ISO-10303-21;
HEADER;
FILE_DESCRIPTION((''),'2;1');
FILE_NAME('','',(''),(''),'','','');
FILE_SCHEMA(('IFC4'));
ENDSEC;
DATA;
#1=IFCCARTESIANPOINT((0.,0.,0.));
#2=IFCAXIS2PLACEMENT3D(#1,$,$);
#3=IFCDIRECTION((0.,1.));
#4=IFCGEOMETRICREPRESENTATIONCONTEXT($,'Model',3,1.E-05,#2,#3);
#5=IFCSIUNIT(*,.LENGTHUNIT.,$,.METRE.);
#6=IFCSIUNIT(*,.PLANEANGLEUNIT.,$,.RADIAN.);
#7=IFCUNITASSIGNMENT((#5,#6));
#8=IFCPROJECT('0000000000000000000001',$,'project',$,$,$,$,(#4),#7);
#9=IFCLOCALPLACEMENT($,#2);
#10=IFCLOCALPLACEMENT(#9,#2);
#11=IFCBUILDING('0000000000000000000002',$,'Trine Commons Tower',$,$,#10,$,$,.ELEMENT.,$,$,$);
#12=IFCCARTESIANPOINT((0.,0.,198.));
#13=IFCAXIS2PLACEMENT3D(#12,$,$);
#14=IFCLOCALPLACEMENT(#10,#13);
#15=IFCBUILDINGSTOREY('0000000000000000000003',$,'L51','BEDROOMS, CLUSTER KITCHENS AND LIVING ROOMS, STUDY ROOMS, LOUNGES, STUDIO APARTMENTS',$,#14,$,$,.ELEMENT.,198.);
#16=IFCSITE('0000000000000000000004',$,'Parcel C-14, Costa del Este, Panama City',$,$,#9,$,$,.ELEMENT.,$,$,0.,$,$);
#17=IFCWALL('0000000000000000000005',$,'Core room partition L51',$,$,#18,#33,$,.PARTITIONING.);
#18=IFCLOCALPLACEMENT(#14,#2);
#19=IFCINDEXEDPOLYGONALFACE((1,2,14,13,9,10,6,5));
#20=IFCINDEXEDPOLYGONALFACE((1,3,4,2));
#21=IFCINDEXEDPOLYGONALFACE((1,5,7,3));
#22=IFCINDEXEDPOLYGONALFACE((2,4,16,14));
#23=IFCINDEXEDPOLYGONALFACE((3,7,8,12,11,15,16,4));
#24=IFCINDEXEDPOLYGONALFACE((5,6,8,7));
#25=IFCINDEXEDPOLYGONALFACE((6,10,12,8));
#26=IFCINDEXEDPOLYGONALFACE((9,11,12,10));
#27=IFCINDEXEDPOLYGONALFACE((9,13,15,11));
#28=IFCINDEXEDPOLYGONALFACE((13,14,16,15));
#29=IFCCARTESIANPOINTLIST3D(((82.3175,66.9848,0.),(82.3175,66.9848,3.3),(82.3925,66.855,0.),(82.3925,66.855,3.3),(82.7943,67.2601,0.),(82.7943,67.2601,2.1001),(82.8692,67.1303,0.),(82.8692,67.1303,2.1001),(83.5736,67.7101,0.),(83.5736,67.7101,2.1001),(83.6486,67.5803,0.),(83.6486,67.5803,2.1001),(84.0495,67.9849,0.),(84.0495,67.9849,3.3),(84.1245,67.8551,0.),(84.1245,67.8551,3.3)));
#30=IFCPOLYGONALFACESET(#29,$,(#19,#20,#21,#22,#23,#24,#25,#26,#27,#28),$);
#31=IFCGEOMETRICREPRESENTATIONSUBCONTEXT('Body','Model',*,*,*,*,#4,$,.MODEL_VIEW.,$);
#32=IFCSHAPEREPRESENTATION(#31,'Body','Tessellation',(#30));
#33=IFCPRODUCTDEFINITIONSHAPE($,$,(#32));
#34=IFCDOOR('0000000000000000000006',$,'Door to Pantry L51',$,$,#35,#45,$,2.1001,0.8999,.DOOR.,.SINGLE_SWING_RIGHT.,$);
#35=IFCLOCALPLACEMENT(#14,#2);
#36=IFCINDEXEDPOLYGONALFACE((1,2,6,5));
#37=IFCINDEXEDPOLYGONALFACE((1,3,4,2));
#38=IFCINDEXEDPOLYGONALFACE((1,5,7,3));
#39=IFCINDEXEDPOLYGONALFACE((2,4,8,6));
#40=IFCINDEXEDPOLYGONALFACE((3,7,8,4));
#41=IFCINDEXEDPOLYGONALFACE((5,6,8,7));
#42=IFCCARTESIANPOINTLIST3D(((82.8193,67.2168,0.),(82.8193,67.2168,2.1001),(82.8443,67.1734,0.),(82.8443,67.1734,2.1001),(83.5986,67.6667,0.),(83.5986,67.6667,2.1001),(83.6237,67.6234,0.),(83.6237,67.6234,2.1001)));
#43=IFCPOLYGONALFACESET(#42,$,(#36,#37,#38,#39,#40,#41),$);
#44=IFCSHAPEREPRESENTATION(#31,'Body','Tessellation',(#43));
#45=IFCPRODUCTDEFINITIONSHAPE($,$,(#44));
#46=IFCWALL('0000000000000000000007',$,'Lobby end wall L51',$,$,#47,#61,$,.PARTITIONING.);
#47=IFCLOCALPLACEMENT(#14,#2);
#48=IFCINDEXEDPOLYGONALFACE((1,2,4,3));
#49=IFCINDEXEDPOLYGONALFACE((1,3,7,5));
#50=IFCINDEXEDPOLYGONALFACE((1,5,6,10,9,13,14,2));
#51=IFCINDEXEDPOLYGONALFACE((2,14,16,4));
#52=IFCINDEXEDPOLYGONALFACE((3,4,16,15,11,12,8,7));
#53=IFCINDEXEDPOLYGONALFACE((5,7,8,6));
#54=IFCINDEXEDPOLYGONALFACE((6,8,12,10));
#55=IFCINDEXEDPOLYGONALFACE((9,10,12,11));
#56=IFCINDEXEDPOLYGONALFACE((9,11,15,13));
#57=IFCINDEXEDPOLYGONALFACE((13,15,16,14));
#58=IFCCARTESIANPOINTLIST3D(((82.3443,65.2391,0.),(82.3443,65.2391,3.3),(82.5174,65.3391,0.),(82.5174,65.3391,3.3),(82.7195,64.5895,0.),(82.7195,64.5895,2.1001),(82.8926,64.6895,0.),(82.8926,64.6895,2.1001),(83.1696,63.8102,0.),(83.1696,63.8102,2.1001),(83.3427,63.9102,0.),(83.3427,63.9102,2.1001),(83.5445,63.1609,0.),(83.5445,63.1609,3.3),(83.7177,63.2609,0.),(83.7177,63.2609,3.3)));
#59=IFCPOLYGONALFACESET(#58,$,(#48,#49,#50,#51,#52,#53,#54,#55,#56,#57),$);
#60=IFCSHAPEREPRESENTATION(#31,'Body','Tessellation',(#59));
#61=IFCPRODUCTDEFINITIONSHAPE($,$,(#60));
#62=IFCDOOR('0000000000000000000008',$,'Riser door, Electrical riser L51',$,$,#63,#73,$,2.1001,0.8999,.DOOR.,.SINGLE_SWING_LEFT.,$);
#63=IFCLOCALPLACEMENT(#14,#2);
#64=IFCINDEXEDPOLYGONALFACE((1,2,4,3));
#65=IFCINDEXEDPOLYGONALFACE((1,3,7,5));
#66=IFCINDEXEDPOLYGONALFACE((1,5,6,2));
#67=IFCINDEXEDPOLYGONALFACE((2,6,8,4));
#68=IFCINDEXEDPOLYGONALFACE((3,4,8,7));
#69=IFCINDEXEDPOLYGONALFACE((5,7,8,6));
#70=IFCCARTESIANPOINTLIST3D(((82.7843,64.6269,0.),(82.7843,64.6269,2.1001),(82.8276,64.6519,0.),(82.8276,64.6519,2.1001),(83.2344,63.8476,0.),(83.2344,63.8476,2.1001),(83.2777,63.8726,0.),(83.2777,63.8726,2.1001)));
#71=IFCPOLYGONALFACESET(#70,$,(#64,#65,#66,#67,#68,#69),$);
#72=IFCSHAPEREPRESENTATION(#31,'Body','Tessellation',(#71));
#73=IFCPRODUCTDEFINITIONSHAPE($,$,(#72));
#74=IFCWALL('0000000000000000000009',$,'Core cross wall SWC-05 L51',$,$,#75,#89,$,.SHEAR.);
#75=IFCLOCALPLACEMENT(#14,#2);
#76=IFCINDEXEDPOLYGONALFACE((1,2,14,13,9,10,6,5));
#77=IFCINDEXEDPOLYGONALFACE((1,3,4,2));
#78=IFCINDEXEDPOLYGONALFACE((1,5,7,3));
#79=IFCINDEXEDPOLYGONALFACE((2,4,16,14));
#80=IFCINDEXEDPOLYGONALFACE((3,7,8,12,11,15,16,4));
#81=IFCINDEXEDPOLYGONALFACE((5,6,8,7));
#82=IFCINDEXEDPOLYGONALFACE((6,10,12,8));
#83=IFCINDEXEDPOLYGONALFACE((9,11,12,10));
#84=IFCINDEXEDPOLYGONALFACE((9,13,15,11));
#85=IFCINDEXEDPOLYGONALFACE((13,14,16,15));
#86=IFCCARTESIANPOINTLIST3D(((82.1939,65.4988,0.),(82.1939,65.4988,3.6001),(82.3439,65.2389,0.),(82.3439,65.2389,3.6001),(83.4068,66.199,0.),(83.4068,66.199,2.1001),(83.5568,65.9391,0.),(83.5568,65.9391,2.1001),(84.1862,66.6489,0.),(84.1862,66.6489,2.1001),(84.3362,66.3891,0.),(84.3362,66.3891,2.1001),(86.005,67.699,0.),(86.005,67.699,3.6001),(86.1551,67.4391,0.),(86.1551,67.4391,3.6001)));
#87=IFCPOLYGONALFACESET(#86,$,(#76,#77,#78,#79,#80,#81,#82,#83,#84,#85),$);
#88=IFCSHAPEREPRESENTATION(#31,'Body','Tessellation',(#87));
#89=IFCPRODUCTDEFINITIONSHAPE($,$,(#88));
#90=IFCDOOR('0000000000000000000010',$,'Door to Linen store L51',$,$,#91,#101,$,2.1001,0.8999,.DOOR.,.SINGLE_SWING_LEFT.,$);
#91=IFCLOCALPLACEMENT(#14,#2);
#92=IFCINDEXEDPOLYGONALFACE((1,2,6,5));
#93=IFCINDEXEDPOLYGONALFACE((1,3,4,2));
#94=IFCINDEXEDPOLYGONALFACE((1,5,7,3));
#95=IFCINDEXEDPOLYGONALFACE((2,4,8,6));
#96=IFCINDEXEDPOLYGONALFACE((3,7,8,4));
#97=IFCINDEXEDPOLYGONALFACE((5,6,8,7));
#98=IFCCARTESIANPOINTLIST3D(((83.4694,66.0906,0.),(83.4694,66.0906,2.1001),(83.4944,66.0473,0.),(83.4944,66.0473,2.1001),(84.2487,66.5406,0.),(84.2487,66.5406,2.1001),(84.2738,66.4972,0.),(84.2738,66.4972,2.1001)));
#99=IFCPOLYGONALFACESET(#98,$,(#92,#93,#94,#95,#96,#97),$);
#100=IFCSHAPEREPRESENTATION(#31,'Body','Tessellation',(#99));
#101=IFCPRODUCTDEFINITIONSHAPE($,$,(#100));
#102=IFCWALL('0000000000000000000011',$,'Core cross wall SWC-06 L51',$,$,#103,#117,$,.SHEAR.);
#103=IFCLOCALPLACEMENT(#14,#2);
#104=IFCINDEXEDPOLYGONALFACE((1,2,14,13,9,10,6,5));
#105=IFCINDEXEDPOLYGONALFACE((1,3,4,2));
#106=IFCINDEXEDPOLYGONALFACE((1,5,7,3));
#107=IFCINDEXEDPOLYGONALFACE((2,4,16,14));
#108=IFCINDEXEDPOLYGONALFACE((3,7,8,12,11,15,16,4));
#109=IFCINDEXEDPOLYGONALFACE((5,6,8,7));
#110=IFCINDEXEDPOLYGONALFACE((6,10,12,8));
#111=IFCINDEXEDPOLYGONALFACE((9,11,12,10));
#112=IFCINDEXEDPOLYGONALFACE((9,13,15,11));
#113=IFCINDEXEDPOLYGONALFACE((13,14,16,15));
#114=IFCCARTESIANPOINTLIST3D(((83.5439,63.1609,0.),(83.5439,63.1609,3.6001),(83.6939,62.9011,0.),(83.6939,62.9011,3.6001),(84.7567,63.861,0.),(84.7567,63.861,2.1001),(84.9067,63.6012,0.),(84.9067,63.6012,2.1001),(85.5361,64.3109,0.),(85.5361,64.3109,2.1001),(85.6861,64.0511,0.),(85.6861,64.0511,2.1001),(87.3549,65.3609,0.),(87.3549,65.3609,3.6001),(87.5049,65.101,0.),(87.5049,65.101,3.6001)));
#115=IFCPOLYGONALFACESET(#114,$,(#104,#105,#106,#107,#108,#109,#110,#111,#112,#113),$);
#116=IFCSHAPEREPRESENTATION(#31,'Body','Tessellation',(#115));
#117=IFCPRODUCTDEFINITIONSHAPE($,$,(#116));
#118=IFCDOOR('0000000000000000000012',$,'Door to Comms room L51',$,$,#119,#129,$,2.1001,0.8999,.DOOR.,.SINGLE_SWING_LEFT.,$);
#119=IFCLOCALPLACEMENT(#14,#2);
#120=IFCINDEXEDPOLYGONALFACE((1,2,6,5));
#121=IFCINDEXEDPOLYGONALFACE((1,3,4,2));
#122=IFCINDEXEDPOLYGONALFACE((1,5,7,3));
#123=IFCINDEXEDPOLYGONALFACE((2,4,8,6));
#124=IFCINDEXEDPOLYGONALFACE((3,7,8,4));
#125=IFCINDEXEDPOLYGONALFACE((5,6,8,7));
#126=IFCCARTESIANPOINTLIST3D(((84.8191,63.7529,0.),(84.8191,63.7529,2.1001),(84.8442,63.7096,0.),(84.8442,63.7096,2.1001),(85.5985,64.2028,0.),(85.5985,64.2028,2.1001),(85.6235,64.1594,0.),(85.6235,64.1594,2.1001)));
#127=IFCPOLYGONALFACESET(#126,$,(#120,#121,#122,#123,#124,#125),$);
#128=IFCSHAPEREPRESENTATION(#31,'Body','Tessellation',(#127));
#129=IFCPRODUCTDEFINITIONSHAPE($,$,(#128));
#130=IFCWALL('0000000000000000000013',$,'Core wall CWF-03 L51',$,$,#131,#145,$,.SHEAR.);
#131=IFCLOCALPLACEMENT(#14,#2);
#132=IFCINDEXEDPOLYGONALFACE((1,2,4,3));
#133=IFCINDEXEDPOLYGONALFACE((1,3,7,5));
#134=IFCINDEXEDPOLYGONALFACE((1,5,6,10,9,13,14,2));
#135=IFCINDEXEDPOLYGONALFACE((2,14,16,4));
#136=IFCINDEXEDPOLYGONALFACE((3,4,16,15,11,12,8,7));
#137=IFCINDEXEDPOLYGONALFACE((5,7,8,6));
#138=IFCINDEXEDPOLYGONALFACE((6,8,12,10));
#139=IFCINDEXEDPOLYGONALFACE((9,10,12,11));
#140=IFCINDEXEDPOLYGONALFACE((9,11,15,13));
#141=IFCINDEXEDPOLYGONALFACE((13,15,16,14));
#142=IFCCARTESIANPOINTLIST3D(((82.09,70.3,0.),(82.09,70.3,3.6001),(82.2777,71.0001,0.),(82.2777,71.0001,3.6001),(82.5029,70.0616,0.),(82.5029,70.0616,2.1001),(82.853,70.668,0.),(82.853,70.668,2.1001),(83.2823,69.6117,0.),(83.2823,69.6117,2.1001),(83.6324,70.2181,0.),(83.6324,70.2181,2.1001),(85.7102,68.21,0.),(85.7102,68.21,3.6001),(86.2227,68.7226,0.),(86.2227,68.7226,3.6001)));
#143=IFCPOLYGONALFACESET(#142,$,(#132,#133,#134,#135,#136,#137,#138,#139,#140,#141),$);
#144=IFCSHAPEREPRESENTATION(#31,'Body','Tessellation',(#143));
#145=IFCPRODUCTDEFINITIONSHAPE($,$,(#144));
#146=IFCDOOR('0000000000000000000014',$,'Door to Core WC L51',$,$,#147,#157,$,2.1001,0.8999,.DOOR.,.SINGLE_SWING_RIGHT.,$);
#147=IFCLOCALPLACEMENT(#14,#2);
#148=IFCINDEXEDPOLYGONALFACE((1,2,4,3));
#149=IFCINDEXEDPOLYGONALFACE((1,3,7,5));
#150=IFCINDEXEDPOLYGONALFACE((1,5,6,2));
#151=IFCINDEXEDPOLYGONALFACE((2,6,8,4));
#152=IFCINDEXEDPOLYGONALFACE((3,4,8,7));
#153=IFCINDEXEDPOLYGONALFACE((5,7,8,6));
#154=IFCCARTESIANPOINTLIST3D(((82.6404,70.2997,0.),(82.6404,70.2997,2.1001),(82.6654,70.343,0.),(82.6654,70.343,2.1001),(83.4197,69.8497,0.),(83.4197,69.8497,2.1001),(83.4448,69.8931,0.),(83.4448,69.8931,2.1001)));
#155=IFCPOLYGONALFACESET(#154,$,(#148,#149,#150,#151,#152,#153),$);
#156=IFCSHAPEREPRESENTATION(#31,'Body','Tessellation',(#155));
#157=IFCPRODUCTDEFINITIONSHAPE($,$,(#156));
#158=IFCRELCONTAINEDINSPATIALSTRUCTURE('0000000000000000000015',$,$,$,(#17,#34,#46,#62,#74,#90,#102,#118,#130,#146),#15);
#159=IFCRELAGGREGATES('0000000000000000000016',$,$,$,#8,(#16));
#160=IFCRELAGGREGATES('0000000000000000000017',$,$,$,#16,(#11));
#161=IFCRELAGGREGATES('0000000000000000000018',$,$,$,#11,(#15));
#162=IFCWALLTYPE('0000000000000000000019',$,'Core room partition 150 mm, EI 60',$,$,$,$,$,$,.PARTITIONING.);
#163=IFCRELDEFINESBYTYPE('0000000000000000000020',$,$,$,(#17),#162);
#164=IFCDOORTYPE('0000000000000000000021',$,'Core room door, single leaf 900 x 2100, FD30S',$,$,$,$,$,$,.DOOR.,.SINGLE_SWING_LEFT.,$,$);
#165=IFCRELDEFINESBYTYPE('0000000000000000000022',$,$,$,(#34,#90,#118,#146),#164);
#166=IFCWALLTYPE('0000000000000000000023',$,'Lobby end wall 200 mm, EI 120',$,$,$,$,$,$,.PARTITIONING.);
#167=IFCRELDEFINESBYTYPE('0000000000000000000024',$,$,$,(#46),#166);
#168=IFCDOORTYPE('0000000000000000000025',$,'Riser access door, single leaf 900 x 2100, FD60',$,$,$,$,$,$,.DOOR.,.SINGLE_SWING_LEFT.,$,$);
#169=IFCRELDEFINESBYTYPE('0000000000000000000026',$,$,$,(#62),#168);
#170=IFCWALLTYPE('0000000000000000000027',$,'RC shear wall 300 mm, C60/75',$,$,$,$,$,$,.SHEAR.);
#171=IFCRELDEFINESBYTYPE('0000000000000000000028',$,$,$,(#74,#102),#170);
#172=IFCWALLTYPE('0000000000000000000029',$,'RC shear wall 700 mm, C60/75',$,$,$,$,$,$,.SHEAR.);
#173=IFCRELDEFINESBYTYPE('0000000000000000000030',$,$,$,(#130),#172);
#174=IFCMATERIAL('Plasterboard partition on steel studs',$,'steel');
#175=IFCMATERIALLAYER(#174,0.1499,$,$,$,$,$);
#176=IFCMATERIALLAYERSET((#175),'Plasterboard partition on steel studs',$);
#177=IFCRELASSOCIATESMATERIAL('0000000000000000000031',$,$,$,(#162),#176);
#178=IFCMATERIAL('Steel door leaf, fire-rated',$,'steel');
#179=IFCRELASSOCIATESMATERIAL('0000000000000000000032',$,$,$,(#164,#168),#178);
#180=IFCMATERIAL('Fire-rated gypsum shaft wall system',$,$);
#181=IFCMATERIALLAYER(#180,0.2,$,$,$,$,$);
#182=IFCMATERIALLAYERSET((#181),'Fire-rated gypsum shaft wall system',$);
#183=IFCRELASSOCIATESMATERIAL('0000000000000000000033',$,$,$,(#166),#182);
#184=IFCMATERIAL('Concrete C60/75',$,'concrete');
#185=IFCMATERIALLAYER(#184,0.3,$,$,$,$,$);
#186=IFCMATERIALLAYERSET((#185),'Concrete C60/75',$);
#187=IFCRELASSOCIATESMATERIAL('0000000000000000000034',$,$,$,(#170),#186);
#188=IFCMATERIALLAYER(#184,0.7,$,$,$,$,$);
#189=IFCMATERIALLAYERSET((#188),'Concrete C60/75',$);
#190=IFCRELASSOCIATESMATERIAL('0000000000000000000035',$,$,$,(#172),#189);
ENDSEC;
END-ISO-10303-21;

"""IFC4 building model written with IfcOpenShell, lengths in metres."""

from ifc_helpers import new_model, si_unit, direction, frame, frame_2d, origin, place, context, subcontext, project, spatial, polyline, rectangle, outline, extrude, material, layer, layer_set, type_object, element, fill, save


model = new_model("IFC4")

# Units and contexts
model_context = context("Model", 3, precision=1e-05, world=origin(), true_north=direction((0.0, 1.0)))
body_context = subcontext(model_context, "Body", "Model", "MODEL_VIEW")
ifc_project = project(units=[si_unit("LENGTHUNIT", "METRE"), si_unit("PLANEANGLEUNIT", "RADIAN")], contexts=[model_context])

# Site, building, storey
site_placement = place(None, origin())
site = spatial("IfcSite", under=ifc_project, at=site_placement, Name="Parcel C-14, Costa del Este, Panama City", CompositionType="ELEMENT", RefElevation=0.0)
building_placement = place(site_placement, origin())
building = spatial("IfcBuilding", under=site, at=building_placement, Name="Trine Commons Tower", CompositionType="ELEMENT")
storey_placement = place(building_placement, frame((0.0, 0.0, 198.0)))
storey = spatial("IfcBuildingStorey", under=building, at=storey_placement, Name="L51", Description="BEDROOMS, CLUSTER KITCHENS AND LIVING ROOMS, STUDY ROOMS, LOUNGES, STUDIO APARTMENTS", CompositionType="ELEMENT", Elevation=198.0)

# Walls, openings, doors
ifc_material_1 = material(Name="Plasterboard partition on steel studs", Category="steel")
ifc_layer_1 = layer(ifc_material_1, 0.1499)
ifc_layer_set_1 = layer_set([ifc_layer_1], Name="Plasterboard partition on steel studs")
wall_type_1 = type_object("IfcWallType", Name="Core room partition 150 mm, EI 60", PredefinedType="PARTITIONING", material=ifc_layer_set_1)
wall_1_placement = place(storey_placement, frame((82.355, 66.9199, 0.0), z_axis=(0.0, 0.0, 1.0), x_axis=(0.866011, 0.500025, 0.0)))
wall_1 = element("IfcWall", 1, at=wall_1_placement, inside=storey, type_object=wall_type_1, Name="Core room partition L51", PredefinedType="PARTITIONING", context=body_context, shape_type="SweptSolid", body=[
    extrude(rectangle(XDim=2.0, YDim=0.1499, at=frame_2d((1.0, 0.0))), origin(), (0.0, 0.0, 1.0), 3.3),
])
opening_1_placement = place(wall_1_placement, frame((0.5505, 0.0, 0.0)))
opening_1 = element("IfcOpeningElement", 2, at=opening_1_placement, cuts=wall_1, PredefinedType="OPENING", context=body_context, shape_type="SweptSolid", body=[
    extrude(rectangle(XDim=0.8999, YDim=2.1001, at=frame_2d((0.45, 1.05))), frame((0.0, 0.085, 0.0), z_axis=(0.0, -1.0, 0.0), x_axis=(1.0, 0.0, 0.0)), (0.0, 0.0, 1.0), 0.1699),
])
ifc_material_2 = material(Name="Steel door leaf, fire-rated", Category="steel")
door_type_1 = type_object("IfcDoorType", Name="Core room door, single leaf 900 x 2100, FD30S", OperationType="SINGLE_SWING_LEFT", PredefinedType="DOOR", material=ifc_material_2)
door_1_placement = place(opening_1_placement, origin())
door_1 = element("IfcDoor", 3, at=door_1_placement, inside=storey, type_object=door_type_1, Name="Door to Pantry L51", OperationType="SINGLE_SWING_RIGHT", OverallHeight=2.1001, OverallWidth=0.8999, PredefinedType="DOOR", context=body_context, shape_type="SweptSolid", body=[
    extrude(rectangle(XDim=0.8999, YDim=2.1001, at=frame_2d((0.45, 1.05))), frame((0.0, 0.0249, 0.0), z_axis=(0.0, -1.0, 0.0), x_axis=(1.0, 0.0, 0.0)), (0.0, 0.0, 1.0), 0.05),
])
fill(opening_1, door_1)
ifc_material_3 = material(Name="Fire-rated gypsum shaft wall system")
ifc_layer_2 = layer(ifc_material_3, 0.2)
ifc_layer_set_2 = layer_set([ifc_layer_2], Name="Fire-rated gypsum shaft wall system")
wall_type_2 = type_object("IfcWallType", Name="Lobby end wall 200 mm, EI 120", PredefinedType="PARTITIONING", material=ifc_layer_set_2)
wall_2_placement = place(storey_placement, frame((83.6311, 63.2109, 0.0), z_axis=(0.0, 0.0, 1.0), x_axis=(-0.500122, 0.865955, 0.0)))
wall_2 = element("IfcWall", 4, at=wall_2_placement, inside=storey, type_object=wall_type_2, Name="Lobby end wall L51", PredefinedType="PARTITIONING", context=body_context, shape_type="SweptSolid", body=[
    extrude(rectangle(XDim=2.3999, YDim=0.2, at=frame_2d((1.2, 0.0))), origin(), (0.0, 0.0, 1.0), 3.3),
])
opening_2_placement = place(wall_2_placement, frame((0.7498, 0.0, 0.0)))
opening_2 = element("IfcOpeningElement", 5, at=opening_2_placement, cuts=wall_2, PredefinedType="OPENING", context=body_context, shape_type="SweptSolid", body=[
    extrude(rectangle(XDim=0.8999, YDim=2.1001, at=frame_2d((0.45, 1.05))), frame((0.0, 0.1099, 0.0), z_axis=(0.0, -1.0, 0.0), x_axis=(1.0, 0.0, 0.0)), (0.0, 0.0, 1.0), 0.22),
])
door_type_2 = type_object("IfcDoorType", Name="Riser access door, single leaf 900 x 2100, FD60", OperationType="SINGLE_SWING_LEFT", PredefinedType="DOOR", material=ifc_material_2)
door_2_placement = place(opening_2_placement, frame((0.8999, 0.0, 0.0), z_axis=(0.0, 0.0, 1.0), x_axis=(-1.0, 0.0, 0.0)))
door_2 = element("IfcDoor", 6, at=door_2_placement, inside=storey, type_object=door_type_2, Name="Riser door, Electrical riser L51", OperationType="SINGLE_SWING_LEFT", OverallHeight=2.1001, OverallWidth=0.8999, PredefinedType="DOOR", context=body_context, shape_type="SweptSolid", body=[
    extrude(rectangle(XDim=0.8999, YDim=2.1001, at=frame_2d((0.45, 1.05))), frame((0.0, 0.0249, 0.0), z_axis=(0.0, -1.0, 0.0), x_axis=(1.0, 0.0, 0.0)), (0.0, 0.0, 1.0), 0.05),
])
fill(opening_2, door_2)
ifc_material_4 = material(Name="Concrete C60/75", Category="concrete")
ifc_layer_3 = layer(ifc_material_4, 0.3)
ifc_layer_set_3 = layer_set([ifc_layer_3], Name="Concrete C60/75")
wall_type_3 = type_object("IfcWallType", Name="RC shear wall 300 mm, C60/75", PredefinedType="SHEAR", material=ifc_layer_set_3)
wall_3_placement = place(storey_placement, frame((82.269, 65.3689, 0.0), z_axis=(0.0, 0.0, 1.0), x_axis=(0.866036, 0.499982, 0.0)))
wall_3 = element("IfcWall", 7, at=wall_3_placement, inside=storey, type_object=wall_type_3, Name="Core cross wall SWC-05 L51", PredefinedType="SHEAR", context=body_context, shape_type="SweptSolid", body=[
    extrude(rectangle(XDim=4.4006, YDim=0.3, at=frame_2d((2.2002, 0.0))), origin(), (0.0, 0.0, 1.0), 3.6001),
])
opening_3_placement = place(wall_3_placement, frame((1.4004, 0.0, 0.0)))
opening_3 = element("IfcOpeningElement", 8, at=opening_3_placement, cuts=wall_3, PredefinedType="OPENING", context=body_context, shape_type="SweptSolid", body=[
    extrude(rectangle(XDim=0.8999, YDim=2.1001, at=frame_2d((0.45, 1.05))), frame((0.0, 0.1599, 0.0), z_axis=(0.0, -1.0, 0.0), x_axis=(1.0, 0.0, 0.0)), (0.0, 0.0, 1.0), 0.3201),
])
door_3_placement = place(opening_3_placement, origin())
door_3 = element("IfcDoor", 9, at=door_3_placement, inside=storey, type_object=door_type_1, Name="Door to Linen store L51", OperationType="SINGLE_SWING_LEFT", OverallHeight=2.1001, OverallWidth=0.8999, PredefinedType="DOOR", context=body_context, shape_type="SweptSolid", body=[
    extrude(rectangle(XDim=0.8999, YDim=2.1001, at=frame_2d((0.45, 1.05))), frame((0.0, 0.0249, 0.0), z_axis=(0.0, -1.0, 0.0), x_axis=(1.0, 0.0, 0.0)), (0.0, 0.0, 1.0), 0.05),
])
fill(opening_3, door_3)
wall_4_placement = place(storey_placement, frame((83.6189, 63.031, 0.0), z_axis=(0.0, 0.0, 1.0), x_axis=(0.86606, 0.49994, 0.0)))
wall_4 = element("IfcWall", 10, at=wall_4_placement, inside=storey, type_object=wall_type_3, Name="Core cross wall SWC-06 L51", PredefinedType="SHEAR", context=body_context, shape_type="SweptSolid", body=[
    extrude(rectangle(XDim=4.4004, YDim=0.3, at=frame_2d((2.2002, 0.0))), origin(), (0.0, 0.0, 1.0), 3.6001),
])
opening_4_placement = place(wall_4_placement, frame((1.4004, 0.0, 0.0)))
opening_4 = element("IfcOpeningElement", 11, at=opening_4_placement, cuts=wall_4, PredefinedType="OPENING", context=body_context, shape_type="SweptSolid", body=[
    extrude(rectangle(XDim=0.8999, YDim=2.1001, at=frame_2d((0.45, 1.05))), frame((0.0, 0.1599, 0.0), z_axis=(0.0, -1.0, 0.0), x_axis=(1.0, 0.0, 0.0)), (0.0, 0.0, 1.0), 0.3201),
])
door_4_placement = place(opening_4_placement, frame((0.8999, 0.0, 0.0), z_axis=(0.0, 0.0, 1.0), x_axis=(-1.0, 0.0, 0.0)))
door_4 = element("IfcDoor", 12, at=door_4_placement, inside=storey, type_object=door_type_1, Name="Door to Comms room L51", OperationType="SINGLE_SWING_LEFT", OverallHeight=2.1001, OverallWidth=0.8999, PredefinedType="DOOR", context=body_context, shape_type="SweptSolid", body=[
    extrude(rectangle(XDim=0.8999, YDim=2.1001, at=frame_2d((0.45, 1.05))), frame((0.0, 0.0249, 0.0), z_axis=(0.0, -1.0, 0.0), x_axis=(1.0, 0.0, 0.0)), (0.0, 0.0, 1.0), 0.05),
])
fill(opening_4, door_4)
ifc_layer_4 = layer(ifc_material_4, 0.7)
ifc_layer_set_4 = layer_set([ifc_layer_4], Name="Concrete C60/75")
wall_type_4 = type_object("IfcWallType", Name="RC shear wall 700 mm, C60/75", PredefinedType="SHEAR", material=ifc_layer_set_4)
wall_5_placement = place(storey_placement, frame((86.0476, 68.4194, 0.0), z_axis=(0.0, 0.0, 1.0), x_axis=(-0.866035, 0.499984, 0.0)))
wall_5 = element("IfcWall", 13, at=wall_5_placement, inside=storey, type_object=wall_type_4, Name="Core wall CWF-03 L51", PredefinedType="SHEAR", context=body_context, shape_type="SweptSolid", body=[
    extrude(outline(polyline([(0.0, -0.3501), (4.5552, -0.3501), (4.3677, 0.3501), (0.1875, 0.3501), (0.0, -0.3501)])), origin(), (0.0, 0.0, 1.0), 3.6001),
])
opening_5_placement = place(wall_5_placement, frame((2.991, 0.0, 0.0)))
opening_5 = element("IfcOpeningElement", 14, at=opening_5_placement, cuts=wall_5, PredefinedType="OPENING", context=body_context, shape_type="SweptSolid", body=[
    extrude(rectangle(XDim=0.8999, YDim=2.1001, at=frame_2d((0.45, 1.05))), frame((0.0, 0.3599, 0.0), z_axis=(0.0, -1.0, 0.0), x_axis=(1.0, 0.0, 0.0)), (0.0, 0.0, 1.0), 0.72),
])
door_5_placement = place(opening_5_placement, origin())
door_5 = element("IfcDoor", 15, at=door_5_placement, inside=storey, type_object=door_type_1, Name="Door to Core WC L51", OperationType="SINGLE_SWING_RIGHT", OverallHeight=2.1001, OverallWidth=0.8999, PredefinedType="DOOR", context=body_context, shape_type="SweptSolid", body=[
    extrude(rectangle(XDim=0.8999, YDim=2.1001, at=frame_2d((0.45, 1.05))), frame((0.0, 0.0752, 0.0), z_axis=(0.0, -1.0, 0.0), x_axis=(1.0, 0.0, 0.0)), (0.0, 0.0, 1.0), 0.05),
])
fill(opening_5, door_5)

save(model, "model.ifc")
